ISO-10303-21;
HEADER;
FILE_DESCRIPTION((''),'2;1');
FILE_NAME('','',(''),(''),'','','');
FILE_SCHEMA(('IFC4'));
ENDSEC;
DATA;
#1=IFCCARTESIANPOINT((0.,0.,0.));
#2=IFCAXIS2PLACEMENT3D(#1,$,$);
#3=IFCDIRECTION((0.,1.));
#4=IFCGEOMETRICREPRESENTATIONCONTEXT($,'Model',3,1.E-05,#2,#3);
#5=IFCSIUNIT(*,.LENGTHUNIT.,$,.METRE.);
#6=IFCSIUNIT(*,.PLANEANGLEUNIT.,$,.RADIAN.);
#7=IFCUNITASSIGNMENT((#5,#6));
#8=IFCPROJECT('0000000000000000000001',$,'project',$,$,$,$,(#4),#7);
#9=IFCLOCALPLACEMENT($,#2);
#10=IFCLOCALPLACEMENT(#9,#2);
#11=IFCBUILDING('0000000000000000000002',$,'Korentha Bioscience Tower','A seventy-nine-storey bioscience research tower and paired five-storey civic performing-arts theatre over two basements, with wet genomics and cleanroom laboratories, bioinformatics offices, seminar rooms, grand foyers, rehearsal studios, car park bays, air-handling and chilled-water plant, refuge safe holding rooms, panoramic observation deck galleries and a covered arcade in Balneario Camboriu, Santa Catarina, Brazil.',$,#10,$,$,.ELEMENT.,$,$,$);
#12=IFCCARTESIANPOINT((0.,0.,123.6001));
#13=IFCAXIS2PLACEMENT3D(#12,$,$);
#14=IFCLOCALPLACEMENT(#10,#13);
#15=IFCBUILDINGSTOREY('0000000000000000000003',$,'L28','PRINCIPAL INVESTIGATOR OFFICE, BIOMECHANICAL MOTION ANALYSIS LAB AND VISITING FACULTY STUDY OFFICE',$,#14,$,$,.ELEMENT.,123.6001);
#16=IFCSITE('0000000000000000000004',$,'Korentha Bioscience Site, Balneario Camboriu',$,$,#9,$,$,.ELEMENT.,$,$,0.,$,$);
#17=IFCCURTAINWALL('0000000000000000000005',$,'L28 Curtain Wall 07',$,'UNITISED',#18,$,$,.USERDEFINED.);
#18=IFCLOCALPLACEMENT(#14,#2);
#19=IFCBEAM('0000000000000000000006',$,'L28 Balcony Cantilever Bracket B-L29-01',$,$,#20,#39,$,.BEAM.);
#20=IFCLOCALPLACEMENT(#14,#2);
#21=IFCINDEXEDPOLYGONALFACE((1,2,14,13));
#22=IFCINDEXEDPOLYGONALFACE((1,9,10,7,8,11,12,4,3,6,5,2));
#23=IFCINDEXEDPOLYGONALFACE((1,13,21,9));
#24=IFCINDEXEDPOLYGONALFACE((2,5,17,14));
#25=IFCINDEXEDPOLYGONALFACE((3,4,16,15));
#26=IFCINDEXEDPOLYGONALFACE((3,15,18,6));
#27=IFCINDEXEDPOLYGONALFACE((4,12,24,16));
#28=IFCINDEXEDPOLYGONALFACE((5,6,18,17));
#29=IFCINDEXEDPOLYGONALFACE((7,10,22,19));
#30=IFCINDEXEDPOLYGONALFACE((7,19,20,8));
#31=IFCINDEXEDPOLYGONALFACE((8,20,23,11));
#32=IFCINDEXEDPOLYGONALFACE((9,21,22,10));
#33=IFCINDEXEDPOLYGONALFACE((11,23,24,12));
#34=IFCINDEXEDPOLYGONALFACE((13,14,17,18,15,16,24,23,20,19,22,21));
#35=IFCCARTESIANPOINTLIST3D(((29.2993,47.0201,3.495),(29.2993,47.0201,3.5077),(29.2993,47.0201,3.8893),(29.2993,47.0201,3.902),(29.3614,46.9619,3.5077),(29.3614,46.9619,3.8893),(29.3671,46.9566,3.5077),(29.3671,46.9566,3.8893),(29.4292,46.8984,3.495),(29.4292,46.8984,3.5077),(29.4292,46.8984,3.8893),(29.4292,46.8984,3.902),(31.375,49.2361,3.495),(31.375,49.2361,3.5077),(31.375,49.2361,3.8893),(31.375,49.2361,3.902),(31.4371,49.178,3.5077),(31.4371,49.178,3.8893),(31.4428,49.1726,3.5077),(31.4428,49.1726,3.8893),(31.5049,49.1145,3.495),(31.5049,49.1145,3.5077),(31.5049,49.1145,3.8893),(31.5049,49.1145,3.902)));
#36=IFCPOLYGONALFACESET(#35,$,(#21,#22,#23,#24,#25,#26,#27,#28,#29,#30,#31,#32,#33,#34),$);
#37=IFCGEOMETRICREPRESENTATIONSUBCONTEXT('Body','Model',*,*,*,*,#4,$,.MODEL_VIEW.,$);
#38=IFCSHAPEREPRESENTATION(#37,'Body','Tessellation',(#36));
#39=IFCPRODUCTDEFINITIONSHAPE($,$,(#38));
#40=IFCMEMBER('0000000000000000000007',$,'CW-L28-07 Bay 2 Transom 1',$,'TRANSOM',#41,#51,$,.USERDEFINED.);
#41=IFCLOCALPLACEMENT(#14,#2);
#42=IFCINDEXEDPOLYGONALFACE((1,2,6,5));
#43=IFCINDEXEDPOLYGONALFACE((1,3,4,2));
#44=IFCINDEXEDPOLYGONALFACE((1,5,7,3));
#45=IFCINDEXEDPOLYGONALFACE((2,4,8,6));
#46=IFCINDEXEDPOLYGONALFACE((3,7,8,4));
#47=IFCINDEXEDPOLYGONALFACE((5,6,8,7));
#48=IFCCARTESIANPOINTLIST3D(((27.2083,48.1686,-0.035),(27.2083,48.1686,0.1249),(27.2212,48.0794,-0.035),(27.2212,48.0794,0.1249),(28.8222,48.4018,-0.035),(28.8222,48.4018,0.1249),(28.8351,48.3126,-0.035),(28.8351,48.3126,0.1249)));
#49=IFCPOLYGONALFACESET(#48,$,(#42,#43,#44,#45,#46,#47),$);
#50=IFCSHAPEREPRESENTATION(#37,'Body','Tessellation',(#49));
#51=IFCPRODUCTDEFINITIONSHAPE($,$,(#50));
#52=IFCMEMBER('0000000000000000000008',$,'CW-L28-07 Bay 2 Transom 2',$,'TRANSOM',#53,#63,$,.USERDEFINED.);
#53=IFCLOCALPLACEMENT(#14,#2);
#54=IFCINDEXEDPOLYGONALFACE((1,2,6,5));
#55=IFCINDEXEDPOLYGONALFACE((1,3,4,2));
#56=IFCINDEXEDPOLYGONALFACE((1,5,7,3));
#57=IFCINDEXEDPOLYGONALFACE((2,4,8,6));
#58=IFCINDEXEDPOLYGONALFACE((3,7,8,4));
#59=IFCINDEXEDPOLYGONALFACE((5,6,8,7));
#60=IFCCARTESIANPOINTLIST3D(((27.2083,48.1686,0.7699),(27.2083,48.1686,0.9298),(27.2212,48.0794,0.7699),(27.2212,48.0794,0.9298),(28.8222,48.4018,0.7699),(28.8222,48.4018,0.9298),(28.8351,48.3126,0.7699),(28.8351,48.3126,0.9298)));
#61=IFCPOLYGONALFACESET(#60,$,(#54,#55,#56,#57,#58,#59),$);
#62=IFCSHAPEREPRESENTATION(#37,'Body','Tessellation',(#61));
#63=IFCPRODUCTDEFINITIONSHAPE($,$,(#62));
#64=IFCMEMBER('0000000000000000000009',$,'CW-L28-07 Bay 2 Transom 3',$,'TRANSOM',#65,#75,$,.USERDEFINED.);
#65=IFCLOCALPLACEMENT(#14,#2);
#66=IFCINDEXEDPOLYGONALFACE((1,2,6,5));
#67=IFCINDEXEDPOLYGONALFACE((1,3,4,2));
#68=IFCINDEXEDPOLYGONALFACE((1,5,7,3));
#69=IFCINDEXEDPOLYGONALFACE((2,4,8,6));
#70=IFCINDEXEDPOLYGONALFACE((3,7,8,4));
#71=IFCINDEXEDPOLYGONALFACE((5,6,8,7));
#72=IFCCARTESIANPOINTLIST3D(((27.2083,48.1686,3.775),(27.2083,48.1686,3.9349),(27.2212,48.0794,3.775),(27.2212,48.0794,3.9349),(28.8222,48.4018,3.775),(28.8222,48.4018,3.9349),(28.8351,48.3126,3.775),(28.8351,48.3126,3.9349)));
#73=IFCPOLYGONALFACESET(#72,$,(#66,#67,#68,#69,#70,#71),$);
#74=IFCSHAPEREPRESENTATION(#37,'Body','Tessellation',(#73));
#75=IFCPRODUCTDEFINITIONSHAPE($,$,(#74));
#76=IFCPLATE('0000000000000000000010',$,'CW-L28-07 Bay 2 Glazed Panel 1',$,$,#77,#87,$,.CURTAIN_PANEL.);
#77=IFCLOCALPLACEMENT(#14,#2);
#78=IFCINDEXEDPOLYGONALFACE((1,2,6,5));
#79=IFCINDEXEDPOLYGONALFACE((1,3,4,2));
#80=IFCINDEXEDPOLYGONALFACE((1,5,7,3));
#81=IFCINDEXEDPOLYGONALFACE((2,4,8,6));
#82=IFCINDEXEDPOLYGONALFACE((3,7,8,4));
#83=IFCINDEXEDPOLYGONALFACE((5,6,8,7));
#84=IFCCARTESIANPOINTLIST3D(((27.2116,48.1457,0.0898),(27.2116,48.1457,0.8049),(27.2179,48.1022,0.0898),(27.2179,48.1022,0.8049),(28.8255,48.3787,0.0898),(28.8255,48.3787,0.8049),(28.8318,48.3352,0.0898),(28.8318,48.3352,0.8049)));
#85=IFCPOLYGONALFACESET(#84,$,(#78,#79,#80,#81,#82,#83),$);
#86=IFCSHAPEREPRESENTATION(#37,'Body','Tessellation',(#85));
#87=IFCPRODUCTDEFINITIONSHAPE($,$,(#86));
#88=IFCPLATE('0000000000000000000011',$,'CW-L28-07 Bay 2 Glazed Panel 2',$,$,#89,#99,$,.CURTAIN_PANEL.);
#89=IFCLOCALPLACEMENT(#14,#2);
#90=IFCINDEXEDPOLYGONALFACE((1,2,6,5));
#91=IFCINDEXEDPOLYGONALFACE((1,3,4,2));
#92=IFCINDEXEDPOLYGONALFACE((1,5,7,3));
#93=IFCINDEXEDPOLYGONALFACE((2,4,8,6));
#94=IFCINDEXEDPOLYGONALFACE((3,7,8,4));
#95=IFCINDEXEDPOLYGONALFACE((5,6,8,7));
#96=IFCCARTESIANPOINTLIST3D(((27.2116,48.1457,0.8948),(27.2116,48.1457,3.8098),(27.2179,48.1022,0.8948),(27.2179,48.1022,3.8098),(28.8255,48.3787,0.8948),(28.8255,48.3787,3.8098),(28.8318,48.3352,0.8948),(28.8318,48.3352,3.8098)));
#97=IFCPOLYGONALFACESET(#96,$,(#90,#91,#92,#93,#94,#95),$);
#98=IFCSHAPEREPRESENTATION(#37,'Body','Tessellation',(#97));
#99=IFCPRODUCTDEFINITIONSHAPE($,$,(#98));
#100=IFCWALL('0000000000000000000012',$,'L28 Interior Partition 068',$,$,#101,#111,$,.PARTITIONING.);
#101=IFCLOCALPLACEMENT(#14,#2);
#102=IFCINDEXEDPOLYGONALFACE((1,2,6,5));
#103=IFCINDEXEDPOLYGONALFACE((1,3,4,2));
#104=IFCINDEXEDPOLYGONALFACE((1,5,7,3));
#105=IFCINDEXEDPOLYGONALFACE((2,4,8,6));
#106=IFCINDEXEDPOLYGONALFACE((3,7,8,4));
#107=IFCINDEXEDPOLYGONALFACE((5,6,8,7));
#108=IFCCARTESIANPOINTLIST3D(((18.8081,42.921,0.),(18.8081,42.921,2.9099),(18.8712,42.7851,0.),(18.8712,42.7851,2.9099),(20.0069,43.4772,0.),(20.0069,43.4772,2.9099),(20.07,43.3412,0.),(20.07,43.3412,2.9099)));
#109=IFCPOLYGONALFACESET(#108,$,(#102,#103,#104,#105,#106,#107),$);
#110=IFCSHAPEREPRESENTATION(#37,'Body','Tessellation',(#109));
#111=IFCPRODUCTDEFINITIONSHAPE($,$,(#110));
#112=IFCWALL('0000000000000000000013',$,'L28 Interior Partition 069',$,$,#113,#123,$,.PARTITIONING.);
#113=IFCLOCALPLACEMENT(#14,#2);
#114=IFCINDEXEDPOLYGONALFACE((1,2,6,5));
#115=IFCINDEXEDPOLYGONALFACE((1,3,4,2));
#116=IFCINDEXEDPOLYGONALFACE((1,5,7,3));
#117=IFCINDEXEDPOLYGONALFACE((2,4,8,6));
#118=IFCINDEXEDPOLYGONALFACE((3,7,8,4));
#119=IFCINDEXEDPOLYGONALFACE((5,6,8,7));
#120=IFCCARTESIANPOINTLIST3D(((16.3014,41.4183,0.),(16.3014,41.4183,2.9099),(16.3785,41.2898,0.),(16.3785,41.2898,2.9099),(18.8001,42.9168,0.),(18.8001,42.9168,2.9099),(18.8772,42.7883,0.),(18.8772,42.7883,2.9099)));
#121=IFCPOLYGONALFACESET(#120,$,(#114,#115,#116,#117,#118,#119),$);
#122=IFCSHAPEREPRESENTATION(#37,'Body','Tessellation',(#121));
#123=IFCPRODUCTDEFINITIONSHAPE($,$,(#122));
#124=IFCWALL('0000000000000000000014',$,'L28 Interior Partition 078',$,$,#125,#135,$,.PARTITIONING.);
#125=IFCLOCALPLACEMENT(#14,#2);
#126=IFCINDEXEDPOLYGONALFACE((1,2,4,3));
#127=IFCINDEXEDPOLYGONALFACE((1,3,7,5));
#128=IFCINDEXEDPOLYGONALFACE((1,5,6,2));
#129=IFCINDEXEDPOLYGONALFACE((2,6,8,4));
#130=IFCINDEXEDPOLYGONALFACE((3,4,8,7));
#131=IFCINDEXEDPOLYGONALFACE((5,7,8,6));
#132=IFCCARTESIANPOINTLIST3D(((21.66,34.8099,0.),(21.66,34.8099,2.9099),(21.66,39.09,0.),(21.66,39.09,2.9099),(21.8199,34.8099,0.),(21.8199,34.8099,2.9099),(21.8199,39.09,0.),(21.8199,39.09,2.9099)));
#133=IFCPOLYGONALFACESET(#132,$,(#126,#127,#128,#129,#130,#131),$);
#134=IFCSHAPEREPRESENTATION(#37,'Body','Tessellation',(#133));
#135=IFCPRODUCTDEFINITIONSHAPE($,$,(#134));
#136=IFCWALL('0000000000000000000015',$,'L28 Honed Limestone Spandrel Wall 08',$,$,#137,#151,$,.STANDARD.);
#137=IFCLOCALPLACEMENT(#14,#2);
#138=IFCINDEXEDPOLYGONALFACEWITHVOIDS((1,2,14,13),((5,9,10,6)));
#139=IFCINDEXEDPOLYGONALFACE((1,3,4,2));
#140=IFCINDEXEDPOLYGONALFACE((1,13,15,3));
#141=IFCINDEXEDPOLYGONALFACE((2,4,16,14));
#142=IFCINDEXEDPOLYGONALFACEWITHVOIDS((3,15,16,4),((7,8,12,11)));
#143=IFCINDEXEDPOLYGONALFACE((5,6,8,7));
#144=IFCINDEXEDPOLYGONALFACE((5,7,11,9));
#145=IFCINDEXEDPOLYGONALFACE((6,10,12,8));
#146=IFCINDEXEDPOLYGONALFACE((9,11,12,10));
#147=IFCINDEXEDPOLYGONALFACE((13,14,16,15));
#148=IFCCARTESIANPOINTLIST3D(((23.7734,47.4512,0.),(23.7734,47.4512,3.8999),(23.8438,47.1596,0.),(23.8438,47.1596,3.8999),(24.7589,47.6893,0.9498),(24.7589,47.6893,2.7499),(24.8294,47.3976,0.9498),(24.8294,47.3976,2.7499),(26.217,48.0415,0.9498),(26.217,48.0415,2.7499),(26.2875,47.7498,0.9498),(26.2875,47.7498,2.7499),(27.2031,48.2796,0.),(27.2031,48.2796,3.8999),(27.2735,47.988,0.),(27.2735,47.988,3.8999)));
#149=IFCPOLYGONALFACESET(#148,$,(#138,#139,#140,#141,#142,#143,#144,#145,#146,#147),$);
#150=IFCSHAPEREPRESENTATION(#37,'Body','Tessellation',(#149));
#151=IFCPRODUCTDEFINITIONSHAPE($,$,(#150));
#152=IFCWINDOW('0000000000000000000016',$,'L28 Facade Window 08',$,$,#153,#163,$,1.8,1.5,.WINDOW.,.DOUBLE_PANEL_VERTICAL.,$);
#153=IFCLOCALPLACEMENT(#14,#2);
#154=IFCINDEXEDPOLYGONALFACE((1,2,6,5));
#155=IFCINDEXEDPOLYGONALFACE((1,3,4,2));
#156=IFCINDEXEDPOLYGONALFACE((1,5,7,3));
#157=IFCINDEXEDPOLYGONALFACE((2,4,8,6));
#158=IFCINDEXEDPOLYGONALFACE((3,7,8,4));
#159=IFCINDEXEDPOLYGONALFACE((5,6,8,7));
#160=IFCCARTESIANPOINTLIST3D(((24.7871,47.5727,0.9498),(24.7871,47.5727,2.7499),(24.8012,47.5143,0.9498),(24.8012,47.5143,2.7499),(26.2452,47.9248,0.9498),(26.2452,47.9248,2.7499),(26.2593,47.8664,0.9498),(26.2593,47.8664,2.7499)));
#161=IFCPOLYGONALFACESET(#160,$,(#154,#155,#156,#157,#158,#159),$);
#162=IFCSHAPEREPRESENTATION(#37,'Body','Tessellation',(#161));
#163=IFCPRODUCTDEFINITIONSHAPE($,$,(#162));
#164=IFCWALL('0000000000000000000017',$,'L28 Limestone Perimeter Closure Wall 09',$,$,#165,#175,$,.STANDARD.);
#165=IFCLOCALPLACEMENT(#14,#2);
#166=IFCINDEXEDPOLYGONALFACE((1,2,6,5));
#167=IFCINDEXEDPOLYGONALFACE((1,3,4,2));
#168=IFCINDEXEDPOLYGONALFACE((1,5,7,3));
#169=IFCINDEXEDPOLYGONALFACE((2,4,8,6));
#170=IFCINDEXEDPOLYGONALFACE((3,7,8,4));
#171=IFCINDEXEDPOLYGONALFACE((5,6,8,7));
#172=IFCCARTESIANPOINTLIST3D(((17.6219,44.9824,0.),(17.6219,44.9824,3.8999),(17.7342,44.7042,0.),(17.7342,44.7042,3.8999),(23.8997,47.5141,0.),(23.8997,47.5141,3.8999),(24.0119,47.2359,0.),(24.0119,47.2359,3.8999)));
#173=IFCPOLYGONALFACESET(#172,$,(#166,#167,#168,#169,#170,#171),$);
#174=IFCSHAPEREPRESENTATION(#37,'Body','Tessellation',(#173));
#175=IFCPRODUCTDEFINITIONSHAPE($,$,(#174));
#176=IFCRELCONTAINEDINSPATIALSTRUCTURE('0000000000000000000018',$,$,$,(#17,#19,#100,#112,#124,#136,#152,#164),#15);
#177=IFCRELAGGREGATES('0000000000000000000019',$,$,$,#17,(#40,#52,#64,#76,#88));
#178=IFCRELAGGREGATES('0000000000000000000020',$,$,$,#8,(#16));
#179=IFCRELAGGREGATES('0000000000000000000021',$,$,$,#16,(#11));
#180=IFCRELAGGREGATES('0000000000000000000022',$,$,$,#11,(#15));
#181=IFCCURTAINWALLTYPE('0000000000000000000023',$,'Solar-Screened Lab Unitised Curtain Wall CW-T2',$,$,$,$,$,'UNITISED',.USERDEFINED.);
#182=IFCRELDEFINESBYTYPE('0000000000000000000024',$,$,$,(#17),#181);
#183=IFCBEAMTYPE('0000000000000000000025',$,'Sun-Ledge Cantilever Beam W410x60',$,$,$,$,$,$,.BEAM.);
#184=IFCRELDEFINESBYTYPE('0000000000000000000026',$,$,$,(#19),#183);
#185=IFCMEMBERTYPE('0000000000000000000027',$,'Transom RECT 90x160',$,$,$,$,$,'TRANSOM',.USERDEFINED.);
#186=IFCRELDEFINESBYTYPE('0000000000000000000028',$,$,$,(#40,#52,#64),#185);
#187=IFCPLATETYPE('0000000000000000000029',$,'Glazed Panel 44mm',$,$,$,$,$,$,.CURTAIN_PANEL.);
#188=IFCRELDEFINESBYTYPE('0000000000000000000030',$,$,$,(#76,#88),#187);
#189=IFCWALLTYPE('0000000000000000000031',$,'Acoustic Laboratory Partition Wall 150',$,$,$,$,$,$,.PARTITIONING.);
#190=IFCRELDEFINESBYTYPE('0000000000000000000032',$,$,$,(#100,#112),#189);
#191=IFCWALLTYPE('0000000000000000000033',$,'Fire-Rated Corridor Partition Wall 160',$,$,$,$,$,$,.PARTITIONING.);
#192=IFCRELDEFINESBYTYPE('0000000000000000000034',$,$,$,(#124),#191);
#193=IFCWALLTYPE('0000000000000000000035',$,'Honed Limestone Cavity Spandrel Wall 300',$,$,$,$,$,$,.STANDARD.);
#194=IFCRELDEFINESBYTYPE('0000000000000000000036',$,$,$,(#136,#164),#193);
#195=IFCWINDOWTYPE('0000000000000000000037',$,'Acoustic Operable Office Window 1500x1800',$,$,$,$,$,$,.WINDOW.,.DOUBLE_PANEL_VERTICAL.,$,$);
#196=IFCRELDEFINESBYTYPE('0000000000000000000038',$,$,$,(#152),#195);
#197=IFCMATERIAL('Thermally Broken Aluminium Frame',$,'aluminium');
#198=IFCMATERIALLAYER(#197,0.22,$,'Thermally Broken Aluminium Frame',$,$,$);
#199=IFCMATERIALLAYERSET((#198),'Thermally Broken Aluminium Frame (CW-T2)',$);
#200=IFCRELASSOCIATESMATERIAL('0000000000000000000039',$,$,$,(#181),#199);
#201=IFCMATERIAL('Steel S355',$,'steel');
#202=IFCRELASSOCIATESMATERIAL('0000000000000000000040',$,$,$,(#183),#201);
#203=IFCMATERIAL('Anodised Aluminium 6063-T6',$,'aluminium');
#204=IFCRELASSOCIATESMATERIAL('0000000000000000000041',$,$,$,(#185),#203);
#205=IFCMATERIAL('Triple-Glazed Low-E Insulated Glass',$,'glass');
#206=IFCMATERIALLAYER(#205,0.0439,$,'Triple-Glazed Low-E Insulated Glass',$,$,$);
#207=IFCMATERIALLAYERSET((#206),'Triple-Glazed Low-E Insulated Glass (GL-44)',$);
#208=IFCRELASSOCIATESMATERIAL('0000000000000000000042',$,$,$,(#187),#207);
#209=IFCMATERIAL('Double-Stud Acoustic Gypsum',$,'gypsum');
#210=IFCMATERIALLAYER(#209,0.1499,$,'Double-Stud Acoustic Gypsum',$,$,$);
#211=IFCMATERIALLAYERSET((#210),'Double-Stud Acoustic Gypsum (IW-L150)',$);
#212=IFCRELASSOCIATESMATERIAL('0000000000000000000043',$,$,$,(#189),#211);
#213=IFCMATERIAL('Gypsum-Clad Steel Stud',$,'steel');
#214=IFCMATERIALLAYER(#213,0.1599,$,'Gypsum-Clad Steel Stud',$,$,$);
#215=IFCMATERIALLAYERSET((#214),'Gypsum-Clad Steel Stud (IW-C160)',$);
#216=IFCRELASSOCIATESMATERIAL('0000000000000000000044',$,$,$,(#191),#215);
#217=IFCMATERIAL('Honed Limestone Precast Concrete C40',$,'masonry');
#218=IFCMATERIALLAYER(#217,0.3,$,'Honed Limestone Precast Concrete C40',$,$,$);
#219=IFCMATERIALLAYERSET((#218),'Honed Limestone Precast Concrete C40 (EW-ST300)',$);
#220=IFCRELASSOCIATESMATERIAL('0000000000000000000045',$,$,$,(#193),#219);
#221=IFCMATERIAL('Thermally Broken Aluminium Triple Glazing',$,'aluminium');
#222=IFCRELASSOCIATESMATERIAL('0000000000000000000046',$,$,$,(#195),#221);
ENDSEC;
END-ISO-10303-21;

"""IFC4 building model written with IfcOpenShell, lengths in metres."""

from ifc_helpers import new_model, si_unit, direction, frame, frame_2d, origin, origin_2d, place, context, subcontext, project, spatial, rectangle, i_section, extrude, material, layer, layer_set, material_profile, profile_set, type_object, element, fill, aggregate, save


model = new_model("IFC4")

# Units and contexts
model_context = context("Model", 3, precision=1e-05, world=origin(), true_north=direction((0.0, 1.0)))
body_context = subcontext(model_context, "Body", "Model", "MODEL_VIEW")
ifc_project = project(units=[si_unit("LENGTHUNIT", "METRE"), si_unit("PLANEANGLEUNIT", "RADIAN")], contexts=[model_context])

# Site, building, storey
site_placement = place(None, origin())
site = spatial("IfcSite", under=ifc_project, at=site_placement, Name="Korentha Bioscience Site, Balneario Camboriu", CompositionType="ELEMENT", RefElevation=0.0)
building_placement = place(site_placement, origin())
building = spatial("IfcBuilding", under=site, at=building_placement, Name="Korentha Bioscience Tower", Description="A seventy-nine-storey bioscience research tower and paired five-storey civic performing-arts theatre over two basements, with wet genomics and cleanroom laboratories, bioinformatics offices, seminar rooms, grand foyers, rehearsal studios, car park bays, air-handling and chilled-water plant, refuge safe holding rooms, panoramic observation deck galleries and a covered arcade in Balneario Camboriu, Santa Catarina, Brazil.", CompositionType="ELEMENT")
storey_placement = place(building_placement, frame((0.0, 0.0, 123.6001)))
storey = spatial("IfcBuildingStorey", under=building, at=storey_placement, Name="L28", Description="PRINCIPAL INVESTIGATOR OFFICE, BIOMECHANICAL MOTION ANALYSIS LAB AND VISITING FACULTY STUDY OFFICE", CompositionType="ELEMENT", Elevation=123.6001)

# Shared definitions
ifc_material_1 = material(Name="Steel S355", Category="steel")

# Curtain wall
ifc_material_2 = material(Name="Thermally Broken Aluminium Frame", Category="aluminium")
ifc_layer_1 = layer(ifc_material_2, 0.22, Name="Thermally Broken Aluminium Frame")
ifc_layer_set_1 = layer_set([ifc_layer_1], Name="Thermally Broken Aluminium Frame (CW-T2)")
curtain_wall_type = type_object("IfcCurtainWallType", Name="Solar-Screened Lab Unitised Curtain Wall CW-T2", ElementType="UNITISED", PredefinedType="USERDEFINED", material=ifc_layer_set_1)
curtain_wall_placement = place(storey_placement, origin())
curtain_wall = element("IfcCurtainWall", 1, at=curtain_wall_placement, inside=storey, type_object=curtain_wall_type, Name="L28 Curtain Wall 07", ObjectType="UNITISED", PredefinedType="USERDEFINED")
ifc_material_3 = material(Name="Anodised Aluminium 6063-T6", Category="aluminium")

# Beam
ifc_material_profile_1 = material_profile(ifc_material_1, i_section(OverallWidth=0.178, OverallDepth=0.407, WebThickness=0.0078, FlangeThickness=0.0127, at=origin_2d()), Name="Steel S355")
ifc_profile_set_1 = profile_set([ifc_material_profile_1], Name="Steel S355 (CB-410)")
beam_type_1 = type_object("IfcBeamType", Name="Sun-Ledge Cantilever Beam W410x60", PredefinedType="BEAM", material=ifc_profile_set_1)
beam_1_placement = place(storey_placement, frame((29.3643, 46.9592, 3.6985), z_axis=(0.683612, 0.729846, 0.0), x_axis=(-0.729846, 0.683612, 0.0)))
element("IfcBeam", 2, at=beam_1_placement, inside=storey, type_object=beam_type_1, Name="L28 Balcony Cantilever Bracket B-L29-01", PredefinedType="BEAM", context=body_context, shape_type="SweptSolid", body=[
    extrude(i_section(OverallWidth=0.178, OverallDepth=0.407, WebThickness=0.0078, FlangeThickness=0.0127, at=origin_2d()), origin(), (0.0, 0.0, 1.0), 3.0364),
])

# Members
ifc_material_profile_2 = material_profile(ifc_material_3, rectangle(XDim=0.0901, YDim=0.1599, at=origin_2d()), Name="Anodised Aluminium 6063-T6")
ifc_profile_set_2 = profile_set([ifc_material_profile_2], Name="Anodised Aluminium 6063-T6 (CW-TRN)")
member_type_1 = type_object("IfcMemberType", Name="Transom RECT 90x160", ElementType="TRANSOM", PredefinedType="USERDEFINED", material=ifc_profile_set_2)
member_1_placement = place(storey_placement, frame((28.8286, 48.3572, 0.0449), z_axis=(-0.989724, -0.142993, 0.0), x_axis=(0.142993, -0.989724, 0.0)))
member_1 = element("IfcMember", 3, at=member_1_placement, type_object=member_type_1, Name="CW-L28-07 Bay 2 Transom 1", ObjectType="TRANSOM", PredefinedType="USERDEFINED", context=body_context, shape_type="SweptSolid", body=[
    extrude(rectangle(XDim=0.0901, YDim=0.1599, at=origin_2d()), origin(), (0.0, 0.0, 1.0), 1.6306),
])
member_2_placement = place(storey_placement, frame((28.8286, 48.3572, 0.8499), z_axis=(-0.989724, -0.142993, 0.0), x_axis=(0.142993, -0.989724, 0.0)))
member_2 = element("IfcMember", 4, at=member_2_placement, type_object=member_type_1, Name="CW-L28-07 Bay 2 Transom 2", ObjectType="TRANSOM", PredefinedType="USERDEFINED", context=body_context, shape_type="SweptSolid", body=[
    extrude(rectangle(XDim=0.0901, YDim=0.1599, at=origin_2d()), origin(), (0.0, 0.0, 1.0), 1.6306),
])
member_3_placement = place(storey_placement, frame((28.8286, 48.3572, 3.855), z_axis=(-0.989724, -0.142993, 0.0), x_axis=(0.142993, -0.989724, 0.0)))
member_3 = element("IfcMember", 5, at=member_3_placement, type_object=member_type_1, Name="CW-L28-07 Bay 2 Transom 3", ObjectType="TRANSOM", PredefinedType="USERDEFINED", context=body_context, shape_type="SweptSolid", body=[
    extrude(rectangle(XDim=0.0901, YDim=0.1599, at=origin_2d()), origin(), (0.0, 0.0, 1.0), 1.6306),
])

# Plates
ifc_material_4 = material(Name="Triple-Glazed Low-E Insulated Glass", Category="glass")
ifc_layer_2 = layer(ifc_material_4, 0.0439, Name="Triple-Glazed Low-E Insulated Glass")
ifc_layer_set_2 = layer_set([ifc_layer_2], Name="Triple-Glazed Low-E Insulated Glass (GL-44)")
plate_type = type_object("IfcPlateType", Name="Glazed Panel 44mm", PredefinedType="CURTAIN_PANEL", material=ifc_layer_set_2)
plate_1_placement = place(storey_placement, frame((28.0217, 48.2405, 0.0898), z_axis=(0.0, 0.0, 1.0), x_axis=(-0.989738, -0.142892, 0.0)))
plate_1 = element("IfcPlate", 6, at=plate_1_placement, type_object=plate_type, Name="CW-L28-07 Bay 2 Glazed Panel 1", PredefinedType="CURTAIN_PANEL", context=body_context, shape_type="SweptSolid", body=[
    extrude(rectangle(XDim=1.6306, YDim=0.0439, at=origin_2d()), origin(), (0.0, 0.0, 1.0), 0.7151),
])
plate_2_placement = place(storey_placement, frame((28.0217, 48.2405, 0.8948), z_axis=(0.0, 0.0, 1.0), x_axis=(-0.989738, -0.142892, 0.0)))
plate_2 = element("IfcPlate", 7, at=plate_2_placement, type_object=plate_type, Name="CW-L28-07 Bay 2 Glazed Panel 2", PredefinedType="CURTAIN_PANEL", context=body_context, shape_type="SweptSolid", body=[
    extrude(rectangle(XDim=1.6306, YDim=0.0439, at=origin_2d()), origin(), (0.0, 0.0, 1.0), 2.915),
])
aggregate(curtain_wall, [member_1, member_2, member_3, plate_1, plate_2])

# Walls
ifc_material_5 = material(Name="Double-Stud Acoustic Gypsum", Category="gypsum")
ifc_layer_3 = layer(ifc_material_5, 0.1499, Name="Double-Stud Acoustic Gypsum")
ifc_layer_set_3 = layer_set([ifc_layer_3], Name="Double-Stud Acoustic Gypsum (IW-L150)")
wall_type_1 = type_object("IfcWallType", Name="Acoustic Laboratory Partition Wall 150", PredefinedType="PARTITIONING", material=ifc_layer_set_3)
wall_1_placement = place(storey_placement, frame((20.0383, 43.4092, 0.0), z_axis=(0.0, 0.0, 1.0), x_axis=(-0.907125, -0.420862, 0.0)))
element("IfcWall", 8, at=wall_1_placement, inside=storey, type_object=wall_type_1, Name="L28 Interior Partition 068", PredefinedType="PARTITIONING", context=body_context, shape_type="SweptSolid", body=[
    extrude(rectangle(XDim=1.3215, YDim=0.1499, at=frame_2d((0.6606, 0.0))), origin(), (0.0, 0.0, 1.0), 2.9099),
])
wall_2_placement = place(storey_placement, frame((18.8386, 42.8525, 0.0), z_axis=(0.0, 0.0, 1.0), x_axis=(-0.857604, -0.514311, 0.0)))
element("IfcWall", 9, at=wall_2_placement, inside=storey, type_object=wall_type_1, Name="L28 Interior Partition 069", PredefinedType="PARTITIONING", context=body_context, shape_type="SweptSolid", body=[
    extrude(rectangle(XDim=2.9136, YDim=0.1499, at=frame_2d((1.4568, 0.0))), origin(), (0.0, 0.0, 1.0), 2.9099),
])
ifc_material_6 = material(Name="Gypsum-Clad Steel Stud", Category="steel")
ifc_layer_4 = layer(ifc_material_6, 0.1599, Name="Gypsum-Clad Steel Stud")
ifc_layer_set_4 = layer_set([ifc_layer_4], Name="Gypsum-Clad Steel Stud (IW-C160)")
wall_type_2 = type_object("IfcWallType", Name="Fire-Rated Corridor Partition Wall 160", PredefinedType="PARTITIONING", material=ifc_layer_set_4)
wall_3_placement = place(storey_placement, frame((21.74, 39.0901, 0.0), z_axis=(0.0, 0.0, 1.0), x_axis=(0.0, -1.0, 0.0)))
element("IfcWall", 10, at=wall_3_placement, inside=storey, type_object=wall_type_2, Name="L28 Interior Partition 078", PredefinedType="PARTITIONING", context=body_context, shape_type="SweptSolid", body=[
    extrude(rectangle(XDim=4.28, YDim=0.1599, at=frame_2d((2.1401, 0.0))), origin(), (0.0, 0.0, 1.0), 2.9099),
])

# Wall, opening, window
ifc_material_7 = material(Name="Honed Limestone Precast Concrete C40", Category="masonry")
ifc_layer_5 = layer(ifc_material_7, 0.3, Name="Honed Limestone Precast Concrete C40")
ifc_layer_set_5 = layer_set([ifc_layer_5], Name="Honed Limestone Precast Concrete C40 (EW-ST300)")
wall_type_3 = type_object("IfcWallType", Name="Honed Limestone Cavity Spandrel Wall 300", PredefinedType="STANDARD", material=ifc_layer_set_5)
wall_4_placement = place(storey_placement, frame((27.2383, 48.1338, 0.0), z_axis=(0.0, 0.0, 1.0), x_axis=(-0.972049, -0.234778, 0.0)))
wall_4 = element("IfcWall", 11, at=wall_4_placement, inside=storey, type_object=wall_type_3, Name="L28 Honed Limestone Spandrel Wall 08", PredefinedType="STANDARD", context=body_context, shape_type="SweptSolid", body=[
    extrude(rectangle(XDim=3.5283, YDim=0.3, at=frame_2d((1.7642, 0.0))), origin(), (0.0, 0.0, 1.0), 3.8999),
])
opening_1_placement = place(wall_4_placement, frame((1.0144, 0.0, 0.95)))
opening_1 = element("IfcOpeningElement", 12, at=opening_1_placement, cuts=wall_4, PredefinedType="OPENING", context=body_context, shape_type="SweptSolid", body=[
    extrude(rectangle(XDim=1.5, YDim=1.8, at=frame_2d((0.75, 0.8999))), frame((0.0, 0.165, 0.0), z_axis=(0.0, -1.0, 0.0), x_axis=(1.0, 0.0, 0.0)), (0.0, 0.0, 1.0), 0.3298),
])
ifc_material_8 = material(Name="Thermally Broken Aluminium Triple Glazing", Category="aluminium")
window_type = type_object("IfcWindowType", Name="Acoustic Operable Office Window 1500x1800", PartitioningType="DOUBLE_PANEL_VERTICAL", PredefinedType="WINDOW", material=ifc_material_8)
window_placement = place(opening_1_placement, origin())
window = element("IfcWindow", 13, at=window_placement, inside=storey, type_object=window_type, Name="L28 Facade Window 08", OverallHeight=1.8, OverallWidth=1.5, PartitioningType="DOUBLE_PANEL_VERTICAL", PredefinedType="WINDOW", context=body_context, shape_type="SweptSolid", body=[
    extrude(rectangle(XDim=1.5, YDim=1.8, at=frame_2d((0.75, 0.8999))), frame((0.0, 0.03, 0.0), z_axis=(0.0, -1.0, 0.0), x_axis=(1.0, 0.0, 0.0)), (0.0, 0.0, 1.0), 0.0601),
])
fill(opening_1, window)

# Wall
wall_5_placement = place(storey_placement, frame((23.9558, 47.375, 0.0), z_axis=(0.0, 0.0, 1.0), x_axis=(-0.927423, -0.374013, 0.0)))
element("IfcWall", 14, at=wall_5_placement, inside=storey, type_object=wall_type_3, Name="L28 Limestone Perimeter Closure Wall 09", PredefinedType="STANDARD", context=body_context, shape_type="SweptSolid", body=[
    extrude(rectangle(XDim=6.769, YDim=0.3, at=frame_2d((3.3845, 0.0))), origin(), (0.0, 0.0, 1.0), 3.8999),
])

save(model, "model.ifc")
